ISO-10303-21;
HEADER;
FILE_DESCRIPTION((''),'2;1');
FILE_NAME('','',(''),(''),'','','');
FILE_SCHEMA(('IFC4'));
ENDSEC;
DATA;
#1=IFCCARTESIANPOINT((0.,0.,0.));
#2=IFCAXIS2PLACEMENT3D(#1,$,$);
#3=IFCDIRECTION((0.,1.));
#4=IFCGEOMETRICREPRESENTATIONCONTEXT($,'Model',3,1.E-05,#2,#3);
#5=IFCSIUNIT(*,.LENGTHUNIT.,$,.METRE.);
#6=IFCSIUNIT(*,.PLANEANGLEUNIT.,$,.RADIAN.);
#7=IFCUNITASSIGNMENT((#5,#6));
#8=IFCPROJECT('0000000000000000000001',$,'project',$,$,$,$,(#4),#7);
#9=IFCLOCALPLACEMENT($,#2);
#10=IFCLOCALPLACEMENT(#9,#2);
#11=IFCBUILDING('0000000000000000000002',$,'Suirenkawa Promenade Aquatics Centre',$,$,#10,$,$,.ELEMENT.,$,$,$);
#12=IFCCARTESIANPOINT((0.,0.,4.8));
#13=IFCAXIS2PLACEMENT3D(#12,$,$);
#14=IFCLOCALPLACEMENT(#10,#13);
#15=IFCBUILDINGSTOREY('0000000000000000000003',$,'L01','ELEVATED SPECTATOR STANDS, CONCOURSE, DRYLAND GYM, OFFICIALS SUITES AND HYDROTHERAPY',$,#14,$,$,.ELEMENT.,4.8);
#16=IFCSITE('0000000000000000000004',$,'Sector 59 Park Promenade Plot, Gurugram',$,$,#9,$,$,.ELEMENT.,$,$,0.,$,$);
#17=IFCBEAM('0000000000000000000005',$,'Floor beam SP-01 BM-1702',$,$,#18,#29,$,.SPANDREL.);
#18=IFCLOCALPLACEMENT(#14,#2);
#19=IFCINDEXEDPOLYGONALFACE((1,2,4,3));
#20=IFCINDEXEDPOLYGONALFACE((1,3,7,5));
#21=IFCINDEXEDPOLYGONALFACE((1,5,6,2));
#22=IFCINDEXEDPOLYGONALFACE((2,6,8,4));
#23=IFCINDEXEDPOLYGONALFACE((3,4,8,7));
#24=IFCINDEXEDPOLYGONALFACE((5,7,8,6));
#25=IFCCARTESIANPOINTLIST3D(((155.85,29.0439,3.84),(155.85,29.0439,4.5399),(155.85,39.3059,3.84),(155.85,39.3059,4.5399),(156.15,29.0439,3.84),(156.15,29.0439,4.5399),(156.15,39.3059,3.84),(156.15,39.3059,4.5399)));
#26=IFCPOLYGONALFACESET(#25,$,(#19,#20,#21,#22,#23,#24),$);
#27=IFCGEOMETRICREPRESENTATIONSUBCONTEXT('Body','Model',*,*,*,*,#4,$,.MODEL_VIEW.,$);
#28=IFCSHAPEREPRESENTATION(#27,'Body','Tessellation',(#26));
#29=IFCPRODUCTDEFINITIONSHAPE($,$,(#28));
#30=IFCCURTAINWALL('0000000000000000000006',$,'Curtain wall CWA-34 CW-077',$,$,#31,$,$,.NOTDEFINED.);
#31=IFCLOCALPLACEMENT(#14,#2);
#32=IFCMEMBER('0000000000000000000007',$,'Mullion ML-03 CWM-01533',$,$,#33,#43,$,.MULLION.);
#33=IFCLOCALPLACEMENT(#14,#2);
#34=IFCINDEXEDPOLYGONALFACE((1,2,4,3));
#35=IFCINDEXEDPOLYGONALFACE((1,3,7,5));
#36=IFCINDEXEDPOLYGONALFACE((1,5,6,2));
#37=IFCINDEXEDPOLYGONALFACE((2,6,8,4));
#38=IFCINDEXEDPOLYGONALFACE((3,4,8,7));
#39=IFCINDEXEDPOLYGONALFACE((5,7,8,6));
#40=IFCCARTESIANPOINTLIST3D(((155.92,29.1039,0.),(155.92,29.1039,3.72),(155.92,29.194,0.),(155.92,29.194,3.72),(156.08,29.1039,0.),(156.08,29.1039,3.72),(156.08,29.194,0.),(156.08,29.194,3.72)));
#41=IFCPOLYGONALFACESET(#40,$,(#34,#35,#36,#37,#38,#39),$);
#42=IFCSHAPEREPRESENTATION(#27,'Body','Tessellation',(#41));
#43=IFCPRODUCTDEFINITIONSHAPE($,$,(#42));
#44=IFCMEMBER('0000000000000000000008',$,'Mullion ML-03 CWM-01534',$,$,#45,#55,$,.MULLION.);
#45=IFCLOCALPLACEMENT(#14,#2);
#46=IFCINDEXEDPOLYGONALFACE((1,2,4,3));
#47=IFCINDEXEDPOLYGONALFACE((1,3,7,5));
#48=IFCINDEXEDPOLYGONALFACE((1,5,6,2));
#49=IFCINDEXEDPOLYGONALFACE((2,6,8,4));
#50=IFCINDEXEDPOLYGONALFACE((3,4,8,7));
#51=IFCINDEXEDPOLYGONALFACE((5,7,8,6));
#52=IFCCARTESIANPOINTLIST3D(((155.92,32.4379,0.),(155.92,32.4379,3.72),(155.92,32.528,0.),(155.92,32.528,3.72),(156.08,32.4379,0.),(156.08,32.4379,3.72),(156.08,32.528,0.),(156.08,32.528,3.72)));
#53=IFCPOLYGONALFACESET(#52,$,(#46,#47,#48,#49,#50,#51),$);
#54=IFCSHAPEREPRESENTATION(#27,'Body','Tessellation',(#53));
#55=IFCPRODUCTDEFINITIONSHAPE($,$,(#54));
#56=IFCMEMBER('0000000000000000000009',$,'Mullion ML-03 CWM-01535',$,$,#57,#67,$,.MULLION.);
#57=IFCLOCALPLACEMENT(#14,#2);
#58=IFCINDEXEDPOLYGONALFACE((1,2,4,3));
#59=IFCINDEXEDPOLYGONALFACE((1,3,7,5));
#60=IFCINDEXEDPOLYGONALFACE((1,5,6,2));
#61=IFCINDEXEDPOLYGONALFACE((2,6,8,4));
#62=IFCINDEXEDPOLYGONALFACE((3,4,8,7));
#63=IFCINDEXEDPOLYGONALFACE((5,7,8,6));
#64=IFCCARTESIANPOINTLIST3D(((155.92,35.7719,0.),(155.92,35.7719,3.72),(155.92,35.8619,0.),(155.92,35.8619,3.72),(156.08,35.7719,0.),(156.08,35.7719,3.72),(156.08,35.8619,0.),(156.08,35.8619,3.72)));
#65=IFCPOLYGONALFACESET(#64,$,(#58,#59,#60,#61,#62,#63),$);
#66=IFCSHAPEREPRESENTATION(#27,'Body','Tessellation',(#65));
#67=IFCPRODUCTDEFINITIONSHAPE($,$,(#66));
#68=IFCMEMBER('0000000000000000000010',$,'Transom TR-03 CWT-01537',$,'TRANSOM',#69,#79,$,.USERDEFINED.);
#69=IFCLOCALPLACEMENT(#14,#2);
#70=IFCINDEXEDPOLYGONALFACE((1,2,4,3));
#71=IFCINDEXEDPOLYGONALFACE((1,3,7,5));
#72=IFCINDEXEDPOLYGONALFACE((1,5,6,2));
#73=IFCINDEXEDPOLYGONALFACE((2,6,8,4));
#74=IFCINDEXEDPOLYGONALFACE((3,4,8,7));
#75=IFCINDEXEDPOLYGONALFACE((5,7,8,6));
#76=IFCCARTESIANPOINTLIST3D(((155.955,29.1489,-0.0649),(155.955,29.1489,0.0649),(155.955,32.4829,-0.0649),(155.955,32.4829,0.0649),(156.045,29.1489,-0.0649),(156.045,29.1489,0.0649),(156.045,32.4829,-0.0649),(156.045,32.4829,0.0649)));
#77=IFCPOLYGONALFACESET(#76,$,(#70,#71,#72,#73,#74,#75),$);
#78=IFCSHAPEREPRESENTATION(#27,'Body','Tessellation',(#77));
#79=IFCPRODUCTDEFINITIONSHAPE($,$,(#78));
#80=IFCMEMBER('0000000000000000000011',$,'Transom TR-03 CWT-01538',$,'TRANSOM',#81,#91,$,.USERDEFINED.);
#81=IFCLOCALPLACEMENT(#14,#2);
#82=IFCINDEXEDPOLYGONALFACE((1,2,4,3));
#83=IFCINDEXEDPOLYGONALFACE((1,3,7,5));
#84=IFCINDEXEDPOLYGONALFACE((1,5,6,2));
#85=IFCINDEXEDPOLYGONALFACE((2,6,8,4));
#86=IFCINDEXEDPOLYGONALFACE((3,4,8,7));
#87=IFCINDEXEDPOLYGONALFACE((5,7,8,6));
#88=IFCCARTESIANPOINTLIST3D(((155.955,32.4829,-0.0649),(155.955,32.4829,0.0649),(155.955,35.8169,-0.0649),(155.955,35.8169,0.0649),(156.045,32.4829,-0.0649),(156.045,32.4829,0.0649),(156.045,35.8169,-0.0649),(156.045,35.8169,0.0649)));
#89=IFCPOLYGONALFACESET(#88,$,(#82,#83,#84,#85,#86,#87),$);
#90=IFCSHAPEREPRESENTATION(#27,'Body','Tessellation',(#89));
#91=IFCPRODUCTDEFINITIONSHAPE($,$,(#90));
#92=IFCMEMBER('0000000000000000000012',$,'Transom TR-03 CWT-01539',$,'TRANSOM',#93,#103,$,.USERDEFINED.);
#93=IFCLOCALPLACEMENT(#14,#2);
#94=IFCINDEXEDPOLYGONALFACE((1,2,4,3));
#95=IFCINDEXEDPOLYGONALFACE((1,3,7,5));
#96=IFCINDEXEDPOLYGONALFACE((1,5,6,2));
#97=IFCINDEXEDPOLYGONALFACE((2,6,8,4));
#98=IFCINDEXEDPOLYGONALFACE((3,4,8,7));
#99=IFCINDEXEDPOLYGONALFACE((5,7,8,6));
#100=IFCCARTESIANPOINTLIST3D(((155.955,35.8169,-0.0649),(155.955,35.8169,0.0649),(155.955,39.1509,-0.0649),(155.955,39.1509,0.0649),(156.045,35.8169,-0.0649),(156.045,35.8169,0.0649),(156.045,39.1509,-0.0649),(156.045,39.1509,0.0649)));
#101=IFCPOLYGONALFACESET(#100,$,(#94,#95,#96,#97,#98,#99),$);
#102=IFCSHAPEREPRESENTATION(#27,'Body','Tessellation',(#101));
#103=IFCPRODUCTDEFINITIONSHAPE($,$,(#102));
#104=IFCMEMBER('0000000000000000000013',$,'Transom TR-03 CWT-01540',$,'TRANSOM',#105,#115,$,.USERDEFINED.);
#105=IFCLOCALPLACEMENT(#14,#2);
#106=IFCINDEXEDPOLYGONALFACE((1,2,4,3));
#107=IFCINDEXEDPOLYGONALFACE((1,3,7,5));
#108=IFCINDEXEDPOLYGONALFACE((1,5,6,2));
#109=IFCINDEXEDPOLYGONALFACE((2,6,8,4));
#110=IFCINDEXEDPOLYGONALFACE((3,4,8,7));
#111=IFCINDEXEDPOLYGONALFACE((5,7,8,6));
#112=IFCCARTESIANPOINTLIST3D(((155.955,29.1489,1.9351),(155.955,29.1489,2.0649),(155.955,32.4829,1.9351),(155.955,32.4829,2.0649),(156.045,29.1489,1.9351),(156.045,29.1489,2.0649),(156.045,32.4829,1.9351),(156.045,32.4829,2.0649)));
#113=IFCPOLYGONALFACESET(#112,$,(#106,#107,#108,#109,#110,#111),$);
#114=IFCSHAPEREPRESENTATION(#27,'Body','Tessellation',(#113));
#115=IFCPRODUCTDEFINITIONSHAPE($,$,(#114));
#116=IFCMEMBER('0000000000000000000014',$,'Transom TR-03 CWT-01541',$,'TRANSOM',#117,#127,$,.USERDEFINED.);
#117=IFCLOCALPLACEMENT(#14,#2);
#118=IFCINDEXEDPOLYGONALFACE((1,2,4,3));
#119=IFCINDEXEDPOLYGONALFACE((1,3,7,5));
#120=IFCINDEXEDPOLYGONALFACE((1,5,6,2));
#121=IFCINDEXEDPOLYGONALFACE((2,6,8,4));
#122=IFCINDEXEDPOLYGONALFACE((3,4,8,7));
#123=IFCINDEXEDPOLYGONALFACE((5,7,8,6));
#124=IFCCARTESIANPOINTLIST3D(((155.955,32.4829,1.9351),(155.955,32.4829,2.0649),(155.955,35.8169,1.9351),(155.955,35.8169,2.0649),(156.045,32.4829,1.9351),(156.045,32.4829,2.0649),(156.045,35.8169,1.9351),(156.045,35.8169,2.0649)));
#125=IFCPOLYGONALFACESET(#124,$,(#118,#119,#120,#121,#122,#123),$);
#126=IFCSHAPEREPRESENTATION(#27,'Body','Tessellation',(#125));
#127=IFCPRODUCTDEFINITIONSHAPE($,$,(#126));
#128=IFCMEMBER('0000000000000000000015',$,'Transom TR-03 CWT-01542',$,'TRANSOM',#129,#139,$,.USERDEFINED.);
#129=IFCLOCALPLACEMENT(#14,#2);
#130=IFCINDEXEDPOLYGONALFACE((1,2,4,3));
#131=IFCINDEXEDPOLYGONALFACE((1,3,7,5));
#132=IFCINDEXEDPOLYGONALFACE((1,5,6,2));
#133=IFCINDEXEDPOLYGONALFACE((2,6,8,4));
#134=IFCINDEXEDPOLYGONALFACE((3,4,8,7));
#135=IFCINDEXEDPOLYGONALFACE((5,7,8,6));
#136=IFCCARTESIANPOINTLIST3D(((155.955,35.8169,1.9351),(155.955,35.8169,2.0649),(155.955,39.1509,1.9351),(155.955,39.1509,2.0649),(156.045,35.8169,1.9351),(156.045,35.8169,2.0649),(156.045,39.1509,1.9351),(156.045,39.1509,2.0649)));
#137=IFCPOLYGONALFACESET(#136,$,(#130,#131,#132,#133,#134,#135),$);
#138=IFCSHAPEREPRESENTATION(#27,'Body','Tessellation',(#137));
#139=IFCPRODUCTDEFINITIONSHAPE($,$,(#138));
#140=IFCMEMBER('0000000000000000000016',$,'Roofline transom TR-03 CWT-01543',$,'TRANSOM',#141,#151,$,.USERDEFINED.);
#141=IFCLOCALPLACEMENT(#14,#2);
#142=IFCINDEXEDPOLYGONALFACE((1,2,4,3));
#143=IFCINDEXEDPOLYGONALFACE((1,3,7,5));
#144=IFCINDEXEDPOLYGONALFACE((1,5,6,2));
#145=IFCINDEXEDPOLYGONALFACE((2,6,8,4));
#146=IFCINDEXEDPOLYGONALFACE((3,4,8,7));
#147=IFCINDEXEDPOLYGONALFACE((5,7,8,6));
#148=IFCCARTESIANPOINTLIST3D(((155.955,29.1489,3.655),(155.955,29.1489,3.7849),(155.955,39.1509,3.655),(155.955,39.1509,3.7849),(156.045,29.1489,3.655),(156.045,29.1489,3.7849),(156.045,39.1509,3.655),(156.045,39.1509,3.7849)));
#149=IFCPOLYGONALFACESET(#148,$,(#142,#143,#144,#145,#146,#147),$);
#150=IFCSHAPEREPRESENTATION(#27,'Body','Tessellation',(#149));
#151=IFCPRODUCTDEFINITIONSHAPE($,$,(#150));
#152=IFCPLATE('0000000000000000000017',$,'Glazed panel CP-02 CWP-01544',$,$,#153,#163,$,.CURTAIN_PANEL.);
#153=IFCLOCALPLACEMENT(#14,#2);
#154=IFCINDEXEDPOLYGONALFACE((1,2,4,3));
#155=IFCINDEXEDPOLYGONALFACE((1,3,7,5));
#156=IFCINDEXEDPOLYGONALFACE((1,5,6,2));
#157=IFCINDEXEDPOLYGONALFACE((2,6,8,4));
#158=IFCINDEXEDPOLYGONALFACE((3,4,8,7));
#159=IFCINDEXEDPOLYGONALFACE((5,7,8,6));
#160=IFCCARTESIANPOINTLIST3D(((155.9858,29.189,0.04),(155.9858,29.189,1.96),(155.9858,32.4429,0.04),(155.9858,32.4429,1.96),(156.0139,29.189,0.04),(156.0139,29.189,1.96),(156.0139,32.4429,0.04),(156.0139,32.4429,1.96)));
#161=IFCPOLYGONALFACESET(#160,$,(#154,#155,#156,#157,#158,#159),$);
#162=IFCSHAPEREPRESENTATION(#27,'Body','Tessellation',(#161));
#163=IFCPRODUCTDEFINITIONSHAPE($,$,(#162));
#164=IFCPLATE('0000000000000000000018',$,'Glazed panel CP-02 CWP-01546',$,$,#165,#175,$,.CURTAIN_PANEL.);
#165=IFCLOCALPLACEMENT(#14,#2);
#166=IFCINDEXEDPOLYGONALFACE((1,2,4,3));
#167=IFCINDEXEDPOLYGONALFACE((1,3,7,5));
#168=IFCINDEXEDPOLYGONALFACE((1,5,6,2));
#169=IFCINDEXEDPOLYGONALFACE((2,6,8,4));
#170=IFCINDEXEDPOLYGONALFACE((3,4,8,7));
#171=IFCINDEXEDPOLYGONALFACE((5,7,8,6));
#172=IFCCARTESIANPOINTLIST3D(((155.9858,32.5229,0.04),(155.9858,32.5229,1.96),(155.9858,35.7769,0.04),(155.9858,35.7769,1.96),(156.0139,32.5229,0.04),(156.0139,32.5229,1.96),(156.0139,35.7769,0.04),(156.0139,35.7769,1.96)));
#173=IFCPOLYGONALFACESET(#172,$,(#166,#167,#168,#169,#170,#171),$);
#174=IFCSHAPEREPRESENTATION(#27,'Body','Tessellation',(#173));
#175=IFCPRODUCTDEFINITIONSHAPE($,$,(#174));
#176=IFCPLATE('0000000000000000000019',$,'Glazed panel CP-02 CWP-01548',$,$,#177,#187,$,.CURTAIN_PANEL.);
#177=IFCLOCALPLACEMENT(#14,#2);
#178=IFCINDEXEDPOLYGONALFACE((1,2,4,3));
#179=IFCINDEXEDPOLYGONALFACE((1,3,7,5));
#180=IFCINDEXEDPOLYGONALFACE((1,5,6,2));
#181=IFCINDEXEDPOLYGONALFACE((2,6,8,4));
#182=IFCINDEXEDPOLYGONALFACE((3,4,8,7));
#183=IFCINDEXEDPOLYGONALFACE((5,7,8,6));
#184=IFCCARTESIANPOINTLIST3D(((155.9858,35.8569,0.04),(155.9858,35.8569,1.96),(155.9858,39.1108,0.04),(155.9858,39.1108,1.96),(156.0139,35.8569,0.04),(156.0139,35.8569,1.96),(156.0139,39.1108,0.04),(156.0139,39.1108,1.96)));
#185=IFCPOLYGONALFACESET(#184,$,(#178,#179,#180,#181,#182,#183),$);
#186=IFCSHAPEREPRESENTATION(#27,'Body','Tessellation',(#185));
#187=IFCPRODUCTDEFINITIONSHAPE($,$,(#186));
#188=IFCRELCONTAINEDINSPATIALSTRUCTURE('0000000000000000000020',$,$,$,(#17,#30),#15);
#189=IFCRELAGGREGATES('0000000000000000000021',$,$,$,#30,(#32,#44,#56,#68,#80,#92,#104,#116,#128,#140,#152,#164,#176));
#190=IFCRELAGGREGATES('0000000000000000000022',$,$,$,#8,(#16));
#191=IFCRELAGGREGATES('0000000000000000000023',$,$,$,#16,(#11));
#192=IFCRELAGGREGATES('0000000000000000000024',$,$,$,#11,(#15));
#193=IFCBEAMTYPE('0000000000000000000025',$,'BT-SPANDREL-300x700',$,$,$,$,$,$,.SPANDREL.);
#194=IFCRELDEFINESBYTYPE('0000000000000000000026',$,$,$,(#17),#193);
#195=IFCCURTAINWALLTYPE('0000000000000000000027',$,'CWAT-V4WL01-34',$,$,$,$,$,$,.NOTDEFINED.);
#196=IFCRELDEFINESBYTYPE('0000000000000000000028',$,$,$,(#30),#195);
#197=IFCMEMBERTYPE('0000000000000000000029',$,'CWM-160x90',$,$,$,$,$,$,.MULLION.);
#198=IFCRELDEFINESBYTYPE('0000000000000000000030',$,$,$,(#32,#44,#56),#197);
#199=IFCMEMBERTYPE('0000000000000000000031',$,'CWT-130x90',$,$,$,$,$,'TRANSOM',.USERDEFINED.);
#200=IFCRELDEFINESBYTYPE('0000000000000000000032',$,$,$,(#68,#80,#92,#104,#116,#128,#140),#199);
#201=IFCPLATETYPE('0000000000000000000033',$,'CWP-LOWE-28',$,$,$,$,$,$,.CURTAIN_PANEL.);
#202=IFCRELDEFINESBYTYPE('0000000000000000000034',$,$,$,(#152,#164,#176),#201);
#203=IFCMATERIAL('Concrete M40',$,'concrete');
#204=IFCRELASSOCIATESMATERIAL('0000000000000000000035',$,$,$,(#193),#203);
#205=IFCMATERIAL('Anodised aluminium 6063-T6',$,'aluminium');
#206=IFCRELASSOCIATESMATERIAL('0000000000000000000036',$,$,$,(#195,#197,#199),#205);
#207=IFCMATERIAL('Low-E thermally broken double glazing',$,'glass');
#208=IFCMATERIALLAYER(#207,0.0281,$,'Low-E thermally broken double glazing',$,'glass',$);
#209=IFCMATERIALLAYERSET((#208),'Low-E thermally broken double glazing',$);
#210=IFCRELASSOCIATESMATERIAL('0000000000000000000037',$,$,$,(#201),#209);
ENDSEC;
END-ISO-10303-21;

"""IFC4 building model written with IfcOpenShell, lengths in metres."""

from ifc_helpers import new_model, si_unit, direction, frame, origin, origin_2d, place, context, subcontext, project, spatial, polyline, rectangle, outline, extrude, material, layer, layer_set, material_profile, profile_set, type_object, element, aggregate, save


model = new_model("IFC4")

# Units and contexts
model_context = context("Model", 3, precision=1e-05, world=origin(), true_north=direction((0.0, 1.0)))
body_context = subcontext(model_context, "Body", "Model", "MODEL_VIEW")
ifc_project = project(units=[si_unit("LENGTHUNIT", "METRE"), si_unit("PLANEANGLEUNIT", "RADIAN")], contexts=[model_context])

# Site, building, storey
site_placement = place(None, origin())
site = spatial("IfcSite", under=ifc_project, at=site_placement, Name="Sector 59 Park Promenade Plot, Gurugram", CompositionType="ELEMENT", RefElevation=0.0)
building_placement = place(site_placement, origin())
building = spatial("IfcBuilding", under=site, at=building_placement, Name="Suirenkawa Promenade Aquatics Centre", CompositionType="ELEMENT")
storey_placement = place(building_placement, frame((0.0, 0.0, 4.8)))
storey = spatial("IfcBuildingStorey", under=building, at=storey_placement, Name="L01", Description="ELEVATED SPECTATOR STANDS, CONCOURSE, DRYLAND GYM, OFFICIALS SUITES AND HYDROTHERAPY", CompositionType="ELEMENT", Elevation=4.8)

# Beam
ifc_material_1 = material(Name="Concrete M40", Category="concrete")
ifc_material_profile_1 = material_profile(ifc_material_1, rectangle(XDim=0.3, YDim=0.7, at=origin_2d()), Name="RC SPANDREL 300x700", Category="concrete")
ifc_profile_set_1 = profile_set([ifc_material_profile_1], Name="Concrete M40")
beam_type = type_object("IfcBeamType", Name="BT-SPANDREL-300x700", PredefinedType="SPANDREL", material=ifc_profile_set_1)
beam_placement = place(storey_placement, frame((156.0, 29.0439, 4.1899), z_axis=(0.0, 1.0, 0.0), x_axis=(-1.0, 0.0, 0.0)))
element("IfcBeam", 1, at=beam_placement, inside=storey, type_object=beam_type, Name="Floor beam SP-01 BM-1702", PredefinedType="SPANDREL", context=body_context, shape_type="SweptSolid", body=[
    extrude(rectangle(XDim=0.3, YDim=0.7, at=origin_2d()), origin(), (0.0, 0.0, 1.0), 10.262),
])

# Curtain wall, members, plates
ifc_material_2 = material(Name="Anodised aluminium 6063-T6", Category="aluminium")
curtain_wall_type = type_object("IfcCurtainWallType", Name="CWAT-V4WL01-34", PredefinedType="NOTDEFINED", material=ifc_material_2)
curtain_wall_placement = place(storey_placement, origin())
curtain_wall = element("IfcCurtainWall", 2, at=curtain_wall_placement, inside=storey, type_object=curtain_wall_type, Name="Curtain wall CWA-34 CW-077", PredefinedType="NOTDEFINED")
ifc_material_profile_2 = material_profile(ifc_material_2, rectangle(XDim=0.0901, YDim=0.1599, at=origin_2d()), Name="ALU MULL 90x160", Category="aluminium")
ifc_profile_set_2 = profile_set([ifc_material_profile_2], Name="Anodised aluminium 6063-T6")
member_type_1 = type_object("IfcMemberType", Name="CWM-160x90", PredefinedType="MULLION", material=ifc_profile_set_2)
member_1_placement = place(storey_placement, frame((156.0, 29.1489, 0.0), z_axis=(0.0, 0.0, 1.0), x_axis=(0.0, 1.0, 0.0)))
member_1 = element("IfcMember", 3, at=member_1_placement, type_object=member_type_1, Name="Mullion ML-03 CWM-01533", PredefinedType="MULLION", context=body_context, shape_type="SweptSolid", body=[
    extrude(rectangle(XDim=0.0901, YDim=0.1599, at=origin_2d()), origin(), (0.0, 0.0, 1.0), 3.72),
])
member_2_placement = place(storey_placement, frame((156.0, 32.4829, 0.0), z_axis=(0.0, 0.0, 1.0), x_axis=(0.0, 1.0, 0.0)))
member_2 = element("IfcMember", 4, at=member_2_placement, type_object=member_type_1, Name="Mullion ML-03 CWM-01534", PredefinedType="MULLION", context=body_context, shape_type="SweptSolid", body=[
    extrude(rectangle(XDim=0.0901, YDim=0.1599, at=origin_2d()), origin(), (0.0, 0.0, 1.0), 3.72),
])
member_3_placement = place(storey_placement, frame((156.0, 35.8169, 0.0), z_axis=(0.0, 0.0, 1.0), x_axis=(0.0, 1.0, 0.0)))
member_3 = element("IfcMember", 5, at=member_3_placement, type_object=member_type_1, Name="Mullion ML-03 CWM-01535", PredefinedType="MULLION", context=body_context, shape_type="SweptSolid", body=[
    extrude(rectangle(XDim=0.0901, YDim=0.1599, at=origin_2d()), origin(), (0.0, 0.0, 1.0), 3.72),
])
ifc_material_profile_3 = material_profile(ifc_material_2, rectangle(XDim=0.0901, YDim=0.1299, at=origin_2d()), Name="ALU TRAN 90x130", Category="aluminium")
ifc_profile_set_3 = profile_set([ifc_material_profile_3], Name="Anodised aluminium 6063-T6")
member_type_2 = type_object("IfcMemberType", Name="CWT-130x90", ElementType="TRANSOM", PredefinedType="USERDEFINED", material=ifc_profile_set_3)
member_4_placement = place(storey_placement, frame((156.0, 29.1489, 0.0), z_axis=(0.0, 1.0, 0.0), x_axis=(-1.0, 0.0, 0.0)))
member_4 = element("IfcMember", 6, at=member_4_placement, type_object=member_type_2, Name="Transom TR-03 CWT-01537", ObjectType="TRANSOM", PredefinedType="USERDEFINED", context=body_context, shape_type="SweptSolid", body=[
    extrude(rectangle(XDim=0.0901, YDim=0.1299, at=origin_2d()), origin(), (0.0, 0.0, 1.0), 3.334),
])
member_5_placement = place(storey_placement, frame((156.0, 32.4829, 0.0), z_axis=(0.0, 1.0, 0.0), x_axis=(-1.0, 0.0, 0.0)))
member_5 = element("IfcMember", 7, at=member_5_placement, type_object=member_type_2, Name="Transom TR-03 CWT-01538", ObjectType="TRANSOM", PredefinedType="USERDEFINED", context=body_context, shape_type="SweptSolid", body=[
    extrude(rectangle(XDim=0.0901, YDim=0.1299, at=origin_2d()), origin(), (0.0, 0.0, 1.0), 3.334),
])
member_6_placement = place(storey_placement, frame((156.0, 35.8169, 0.0), z_axis=(0.0, 1.0, 0.0), x_axis=(-1.0, 0.0, 0.0)))
member_6 = element("IfcMember", 8, at=member_6_placement, type_object=member_type_2, Name="Transom TR-03 CWT-01539", ObjectType="TRANSOM", PredefinedType="USERDEFINED", context=body_context, shape_type="SweptSolid", body=[
    extrude(rectangle(XDim=0.0901, YDim=0.1299, at=origin_2d()), origin(), (0.0, 0.0, 1.0), 3.334),
])
member_7_placement = place(storey_placement, frame((156.0, 29.1489, 2.0), z_axis=(0.0, 1.0, 0.0), x_axis=(-1.0, 0.0, 0.0)))
member_7 = element("IfcMember", 9, at=member_7_placement, type_object=member_type_2, Name="Transom TR-03 CWT-01540", ObjectType="TRANSOM", PredefinedType="USERDEFINED", context=body_context, shape_type="SweptSolid", body=[
    extrude(rectangle(XDim=0.0901, YDim=0.1299, at=origin_2d()), origin(), (0.0, 0.0, 1.0), 3.334),
])
member_8_placement = place(storey_placement, frame((156.0, 32.4829, 2.0), z_axis=(0.0, 1.0, 0.0), x_axis=(-1.0, 0.0, 0.0)))
member_8 = element("IfcMember", 10, at=member_8_placement, type_object=member_type_2, Name="Transom TR-03 CWT-01541", ObjectType="TRANSOM", PredefinedType="USERDEFINED", context=body_context, shape_type="SweptSolid", body=[
    extrude(rectangle(XDim=0.0901, YDim=0.1299, at=origin_2d()), origin(), (0.0, 0.0, 1.0), 3.334),
])
member_9_placement = place(storey_placement, frame((156.0, 35.8169, 2.0), z_axis=(0.0, 1.0, 0.0), x_axis=(-1.0, 0.0, 0.0)))
member_9 = element("IfcMember", 11, at=member_9_placement, type_object=member_type_2, Name="Transom TR-03 CWT-01542", ObjectType="TRANSOM", PredefinedType="USERDEFINED", context=body_context, shape_type="SweptSolid", body=[
    extrude(rectangle(XDim=0.0901, YDim=0.1299, at=origin_2d()), origin(), (0.0, 0.0, 1.0), 3.334),
])
member_10_placement = place(storey_placement, frame((156.0, 29.1489, 3.72), z_axis=(0.0, 1.0, 0.0), x_axis=(-1.0, 0.0, 0.0)))
member_10 = element("IfcMember", 12, at=member_10_placement, type_object=member_type_2, Name="Roofline transom TR-03 CWT-01543", ObjectType="TRANSOM", PredefinedType="USERDEFINED", context=body_context, shape_type="SweptSolid", body=[
    extrude(rectangle(XDim=0.0901, YDim=0.1299, at=origin_2d()), origin(), (0.0, 0.0, 1.0), 10.002),
])
ifc_material_3 = material(Name="Low-E thermally broken double glazing", Category="glass")
ifc_layer = layer(ifc_material_3, 0.0281, Name="Low-E thermally broken double glazing", Category="glass")
ifc_layer_set = layer_set([ifc_layer], Name="Low-E thermally broken double glazing")
plate_type = type_object("IfcPlateType", Name="CWP-LOWE-28", PredefinedType="CURTAIN_PANEL", material=ifc_layer_set)
plate_1_placement = place(storey_placement, frame((156.0, 29.1489, 0.04), z_axis=(0.0, 0.0, 1.0), x_axis=(0.0, 1.0, 0.0)))
plate_1 = element("IfcPlate", 13, at=plate_1_placement, type_object=plate_type, Name="Glazed panel CP-02 CWP-01544", PredefinedType="CURTAIN_PANEL", context=body_context, shape_type="SweptSolid", body=[
    extrude(outline(polyline([(0.04, 0.0), (3.2939, 0.0), (3.2939, 1.9199), (0.04, 1.9199), (0.04, 0.0)])), frame((0.0, 0.0142, 0.0), z_axis=(0.0, -1.0, 0.0), x_axis=(1.0, 0.0, 0.0)), (0.0, 0.0, 1.0), 0.0281),
])
plate_2_placement = place(storey_placement, frame((156.0, 32.4829, 0.04), z_axis=(0.0, 0.0, 1.0), x_axis=(0.0, 1.0, 0.0)))
plate_2 = element("IfcPlate", 14, at=plate_2_placement, type_object=plate_type, Name="Glazed panel CP-02 CWP-01546", PredefinedType="CURTAIN_PANEL", context=body_context, shape_type="SweptSolid", body=[
    extrude(outline(polyline([(0.04, 0.0), (3.2939, 0.0), (3.2939, 1.9199), (0.04, 1.9199), (0.04, 0.0)])), frame((0.0, 0.0142, 0.0), z_axis=(0.0, -1.0, 0.0), x_axis=(1.0, 0.0, 0.0)), (0.0, 0.0, 1.0), 0.0281),
])
plate_3_placement = place(storey_placement, frame((156.0, 35.8169, 0.04), z_axis=(0.0, 0.0, 1.0), x_axis=(0.0, 1.0, 0.0)))
plate_3 = element("IfcPlate", 15, at=plate_3_placement, type_object=plate_type, Name="Glazed panel CP-02 CWP-01548", PredefinedType="CURTAIN_PANEL", context=body_context, shape_type="SweptSolid", body=[
    extrude(outline(polyline([(0.04, 0.0), (3.2939, 0.0), (3.2939, 1.9199), (0.04, 1.9199), (0.04, 0.0)])), frame((0.0, 0.0142, 0.0), z_axis=(0.0, -1.0, 0.0), x_axis=(1.0, 0.0, 0.0)), (0.0, 0.0, 1.0), 0.0281),
])
aggregate(curtain_wall, [member_1, member_2, member_3, member_4, member_5, member_6, member_7, member_8, member_9, member_10, plate_1, plate_2, plate_3])

save(model, "model.ifc")
